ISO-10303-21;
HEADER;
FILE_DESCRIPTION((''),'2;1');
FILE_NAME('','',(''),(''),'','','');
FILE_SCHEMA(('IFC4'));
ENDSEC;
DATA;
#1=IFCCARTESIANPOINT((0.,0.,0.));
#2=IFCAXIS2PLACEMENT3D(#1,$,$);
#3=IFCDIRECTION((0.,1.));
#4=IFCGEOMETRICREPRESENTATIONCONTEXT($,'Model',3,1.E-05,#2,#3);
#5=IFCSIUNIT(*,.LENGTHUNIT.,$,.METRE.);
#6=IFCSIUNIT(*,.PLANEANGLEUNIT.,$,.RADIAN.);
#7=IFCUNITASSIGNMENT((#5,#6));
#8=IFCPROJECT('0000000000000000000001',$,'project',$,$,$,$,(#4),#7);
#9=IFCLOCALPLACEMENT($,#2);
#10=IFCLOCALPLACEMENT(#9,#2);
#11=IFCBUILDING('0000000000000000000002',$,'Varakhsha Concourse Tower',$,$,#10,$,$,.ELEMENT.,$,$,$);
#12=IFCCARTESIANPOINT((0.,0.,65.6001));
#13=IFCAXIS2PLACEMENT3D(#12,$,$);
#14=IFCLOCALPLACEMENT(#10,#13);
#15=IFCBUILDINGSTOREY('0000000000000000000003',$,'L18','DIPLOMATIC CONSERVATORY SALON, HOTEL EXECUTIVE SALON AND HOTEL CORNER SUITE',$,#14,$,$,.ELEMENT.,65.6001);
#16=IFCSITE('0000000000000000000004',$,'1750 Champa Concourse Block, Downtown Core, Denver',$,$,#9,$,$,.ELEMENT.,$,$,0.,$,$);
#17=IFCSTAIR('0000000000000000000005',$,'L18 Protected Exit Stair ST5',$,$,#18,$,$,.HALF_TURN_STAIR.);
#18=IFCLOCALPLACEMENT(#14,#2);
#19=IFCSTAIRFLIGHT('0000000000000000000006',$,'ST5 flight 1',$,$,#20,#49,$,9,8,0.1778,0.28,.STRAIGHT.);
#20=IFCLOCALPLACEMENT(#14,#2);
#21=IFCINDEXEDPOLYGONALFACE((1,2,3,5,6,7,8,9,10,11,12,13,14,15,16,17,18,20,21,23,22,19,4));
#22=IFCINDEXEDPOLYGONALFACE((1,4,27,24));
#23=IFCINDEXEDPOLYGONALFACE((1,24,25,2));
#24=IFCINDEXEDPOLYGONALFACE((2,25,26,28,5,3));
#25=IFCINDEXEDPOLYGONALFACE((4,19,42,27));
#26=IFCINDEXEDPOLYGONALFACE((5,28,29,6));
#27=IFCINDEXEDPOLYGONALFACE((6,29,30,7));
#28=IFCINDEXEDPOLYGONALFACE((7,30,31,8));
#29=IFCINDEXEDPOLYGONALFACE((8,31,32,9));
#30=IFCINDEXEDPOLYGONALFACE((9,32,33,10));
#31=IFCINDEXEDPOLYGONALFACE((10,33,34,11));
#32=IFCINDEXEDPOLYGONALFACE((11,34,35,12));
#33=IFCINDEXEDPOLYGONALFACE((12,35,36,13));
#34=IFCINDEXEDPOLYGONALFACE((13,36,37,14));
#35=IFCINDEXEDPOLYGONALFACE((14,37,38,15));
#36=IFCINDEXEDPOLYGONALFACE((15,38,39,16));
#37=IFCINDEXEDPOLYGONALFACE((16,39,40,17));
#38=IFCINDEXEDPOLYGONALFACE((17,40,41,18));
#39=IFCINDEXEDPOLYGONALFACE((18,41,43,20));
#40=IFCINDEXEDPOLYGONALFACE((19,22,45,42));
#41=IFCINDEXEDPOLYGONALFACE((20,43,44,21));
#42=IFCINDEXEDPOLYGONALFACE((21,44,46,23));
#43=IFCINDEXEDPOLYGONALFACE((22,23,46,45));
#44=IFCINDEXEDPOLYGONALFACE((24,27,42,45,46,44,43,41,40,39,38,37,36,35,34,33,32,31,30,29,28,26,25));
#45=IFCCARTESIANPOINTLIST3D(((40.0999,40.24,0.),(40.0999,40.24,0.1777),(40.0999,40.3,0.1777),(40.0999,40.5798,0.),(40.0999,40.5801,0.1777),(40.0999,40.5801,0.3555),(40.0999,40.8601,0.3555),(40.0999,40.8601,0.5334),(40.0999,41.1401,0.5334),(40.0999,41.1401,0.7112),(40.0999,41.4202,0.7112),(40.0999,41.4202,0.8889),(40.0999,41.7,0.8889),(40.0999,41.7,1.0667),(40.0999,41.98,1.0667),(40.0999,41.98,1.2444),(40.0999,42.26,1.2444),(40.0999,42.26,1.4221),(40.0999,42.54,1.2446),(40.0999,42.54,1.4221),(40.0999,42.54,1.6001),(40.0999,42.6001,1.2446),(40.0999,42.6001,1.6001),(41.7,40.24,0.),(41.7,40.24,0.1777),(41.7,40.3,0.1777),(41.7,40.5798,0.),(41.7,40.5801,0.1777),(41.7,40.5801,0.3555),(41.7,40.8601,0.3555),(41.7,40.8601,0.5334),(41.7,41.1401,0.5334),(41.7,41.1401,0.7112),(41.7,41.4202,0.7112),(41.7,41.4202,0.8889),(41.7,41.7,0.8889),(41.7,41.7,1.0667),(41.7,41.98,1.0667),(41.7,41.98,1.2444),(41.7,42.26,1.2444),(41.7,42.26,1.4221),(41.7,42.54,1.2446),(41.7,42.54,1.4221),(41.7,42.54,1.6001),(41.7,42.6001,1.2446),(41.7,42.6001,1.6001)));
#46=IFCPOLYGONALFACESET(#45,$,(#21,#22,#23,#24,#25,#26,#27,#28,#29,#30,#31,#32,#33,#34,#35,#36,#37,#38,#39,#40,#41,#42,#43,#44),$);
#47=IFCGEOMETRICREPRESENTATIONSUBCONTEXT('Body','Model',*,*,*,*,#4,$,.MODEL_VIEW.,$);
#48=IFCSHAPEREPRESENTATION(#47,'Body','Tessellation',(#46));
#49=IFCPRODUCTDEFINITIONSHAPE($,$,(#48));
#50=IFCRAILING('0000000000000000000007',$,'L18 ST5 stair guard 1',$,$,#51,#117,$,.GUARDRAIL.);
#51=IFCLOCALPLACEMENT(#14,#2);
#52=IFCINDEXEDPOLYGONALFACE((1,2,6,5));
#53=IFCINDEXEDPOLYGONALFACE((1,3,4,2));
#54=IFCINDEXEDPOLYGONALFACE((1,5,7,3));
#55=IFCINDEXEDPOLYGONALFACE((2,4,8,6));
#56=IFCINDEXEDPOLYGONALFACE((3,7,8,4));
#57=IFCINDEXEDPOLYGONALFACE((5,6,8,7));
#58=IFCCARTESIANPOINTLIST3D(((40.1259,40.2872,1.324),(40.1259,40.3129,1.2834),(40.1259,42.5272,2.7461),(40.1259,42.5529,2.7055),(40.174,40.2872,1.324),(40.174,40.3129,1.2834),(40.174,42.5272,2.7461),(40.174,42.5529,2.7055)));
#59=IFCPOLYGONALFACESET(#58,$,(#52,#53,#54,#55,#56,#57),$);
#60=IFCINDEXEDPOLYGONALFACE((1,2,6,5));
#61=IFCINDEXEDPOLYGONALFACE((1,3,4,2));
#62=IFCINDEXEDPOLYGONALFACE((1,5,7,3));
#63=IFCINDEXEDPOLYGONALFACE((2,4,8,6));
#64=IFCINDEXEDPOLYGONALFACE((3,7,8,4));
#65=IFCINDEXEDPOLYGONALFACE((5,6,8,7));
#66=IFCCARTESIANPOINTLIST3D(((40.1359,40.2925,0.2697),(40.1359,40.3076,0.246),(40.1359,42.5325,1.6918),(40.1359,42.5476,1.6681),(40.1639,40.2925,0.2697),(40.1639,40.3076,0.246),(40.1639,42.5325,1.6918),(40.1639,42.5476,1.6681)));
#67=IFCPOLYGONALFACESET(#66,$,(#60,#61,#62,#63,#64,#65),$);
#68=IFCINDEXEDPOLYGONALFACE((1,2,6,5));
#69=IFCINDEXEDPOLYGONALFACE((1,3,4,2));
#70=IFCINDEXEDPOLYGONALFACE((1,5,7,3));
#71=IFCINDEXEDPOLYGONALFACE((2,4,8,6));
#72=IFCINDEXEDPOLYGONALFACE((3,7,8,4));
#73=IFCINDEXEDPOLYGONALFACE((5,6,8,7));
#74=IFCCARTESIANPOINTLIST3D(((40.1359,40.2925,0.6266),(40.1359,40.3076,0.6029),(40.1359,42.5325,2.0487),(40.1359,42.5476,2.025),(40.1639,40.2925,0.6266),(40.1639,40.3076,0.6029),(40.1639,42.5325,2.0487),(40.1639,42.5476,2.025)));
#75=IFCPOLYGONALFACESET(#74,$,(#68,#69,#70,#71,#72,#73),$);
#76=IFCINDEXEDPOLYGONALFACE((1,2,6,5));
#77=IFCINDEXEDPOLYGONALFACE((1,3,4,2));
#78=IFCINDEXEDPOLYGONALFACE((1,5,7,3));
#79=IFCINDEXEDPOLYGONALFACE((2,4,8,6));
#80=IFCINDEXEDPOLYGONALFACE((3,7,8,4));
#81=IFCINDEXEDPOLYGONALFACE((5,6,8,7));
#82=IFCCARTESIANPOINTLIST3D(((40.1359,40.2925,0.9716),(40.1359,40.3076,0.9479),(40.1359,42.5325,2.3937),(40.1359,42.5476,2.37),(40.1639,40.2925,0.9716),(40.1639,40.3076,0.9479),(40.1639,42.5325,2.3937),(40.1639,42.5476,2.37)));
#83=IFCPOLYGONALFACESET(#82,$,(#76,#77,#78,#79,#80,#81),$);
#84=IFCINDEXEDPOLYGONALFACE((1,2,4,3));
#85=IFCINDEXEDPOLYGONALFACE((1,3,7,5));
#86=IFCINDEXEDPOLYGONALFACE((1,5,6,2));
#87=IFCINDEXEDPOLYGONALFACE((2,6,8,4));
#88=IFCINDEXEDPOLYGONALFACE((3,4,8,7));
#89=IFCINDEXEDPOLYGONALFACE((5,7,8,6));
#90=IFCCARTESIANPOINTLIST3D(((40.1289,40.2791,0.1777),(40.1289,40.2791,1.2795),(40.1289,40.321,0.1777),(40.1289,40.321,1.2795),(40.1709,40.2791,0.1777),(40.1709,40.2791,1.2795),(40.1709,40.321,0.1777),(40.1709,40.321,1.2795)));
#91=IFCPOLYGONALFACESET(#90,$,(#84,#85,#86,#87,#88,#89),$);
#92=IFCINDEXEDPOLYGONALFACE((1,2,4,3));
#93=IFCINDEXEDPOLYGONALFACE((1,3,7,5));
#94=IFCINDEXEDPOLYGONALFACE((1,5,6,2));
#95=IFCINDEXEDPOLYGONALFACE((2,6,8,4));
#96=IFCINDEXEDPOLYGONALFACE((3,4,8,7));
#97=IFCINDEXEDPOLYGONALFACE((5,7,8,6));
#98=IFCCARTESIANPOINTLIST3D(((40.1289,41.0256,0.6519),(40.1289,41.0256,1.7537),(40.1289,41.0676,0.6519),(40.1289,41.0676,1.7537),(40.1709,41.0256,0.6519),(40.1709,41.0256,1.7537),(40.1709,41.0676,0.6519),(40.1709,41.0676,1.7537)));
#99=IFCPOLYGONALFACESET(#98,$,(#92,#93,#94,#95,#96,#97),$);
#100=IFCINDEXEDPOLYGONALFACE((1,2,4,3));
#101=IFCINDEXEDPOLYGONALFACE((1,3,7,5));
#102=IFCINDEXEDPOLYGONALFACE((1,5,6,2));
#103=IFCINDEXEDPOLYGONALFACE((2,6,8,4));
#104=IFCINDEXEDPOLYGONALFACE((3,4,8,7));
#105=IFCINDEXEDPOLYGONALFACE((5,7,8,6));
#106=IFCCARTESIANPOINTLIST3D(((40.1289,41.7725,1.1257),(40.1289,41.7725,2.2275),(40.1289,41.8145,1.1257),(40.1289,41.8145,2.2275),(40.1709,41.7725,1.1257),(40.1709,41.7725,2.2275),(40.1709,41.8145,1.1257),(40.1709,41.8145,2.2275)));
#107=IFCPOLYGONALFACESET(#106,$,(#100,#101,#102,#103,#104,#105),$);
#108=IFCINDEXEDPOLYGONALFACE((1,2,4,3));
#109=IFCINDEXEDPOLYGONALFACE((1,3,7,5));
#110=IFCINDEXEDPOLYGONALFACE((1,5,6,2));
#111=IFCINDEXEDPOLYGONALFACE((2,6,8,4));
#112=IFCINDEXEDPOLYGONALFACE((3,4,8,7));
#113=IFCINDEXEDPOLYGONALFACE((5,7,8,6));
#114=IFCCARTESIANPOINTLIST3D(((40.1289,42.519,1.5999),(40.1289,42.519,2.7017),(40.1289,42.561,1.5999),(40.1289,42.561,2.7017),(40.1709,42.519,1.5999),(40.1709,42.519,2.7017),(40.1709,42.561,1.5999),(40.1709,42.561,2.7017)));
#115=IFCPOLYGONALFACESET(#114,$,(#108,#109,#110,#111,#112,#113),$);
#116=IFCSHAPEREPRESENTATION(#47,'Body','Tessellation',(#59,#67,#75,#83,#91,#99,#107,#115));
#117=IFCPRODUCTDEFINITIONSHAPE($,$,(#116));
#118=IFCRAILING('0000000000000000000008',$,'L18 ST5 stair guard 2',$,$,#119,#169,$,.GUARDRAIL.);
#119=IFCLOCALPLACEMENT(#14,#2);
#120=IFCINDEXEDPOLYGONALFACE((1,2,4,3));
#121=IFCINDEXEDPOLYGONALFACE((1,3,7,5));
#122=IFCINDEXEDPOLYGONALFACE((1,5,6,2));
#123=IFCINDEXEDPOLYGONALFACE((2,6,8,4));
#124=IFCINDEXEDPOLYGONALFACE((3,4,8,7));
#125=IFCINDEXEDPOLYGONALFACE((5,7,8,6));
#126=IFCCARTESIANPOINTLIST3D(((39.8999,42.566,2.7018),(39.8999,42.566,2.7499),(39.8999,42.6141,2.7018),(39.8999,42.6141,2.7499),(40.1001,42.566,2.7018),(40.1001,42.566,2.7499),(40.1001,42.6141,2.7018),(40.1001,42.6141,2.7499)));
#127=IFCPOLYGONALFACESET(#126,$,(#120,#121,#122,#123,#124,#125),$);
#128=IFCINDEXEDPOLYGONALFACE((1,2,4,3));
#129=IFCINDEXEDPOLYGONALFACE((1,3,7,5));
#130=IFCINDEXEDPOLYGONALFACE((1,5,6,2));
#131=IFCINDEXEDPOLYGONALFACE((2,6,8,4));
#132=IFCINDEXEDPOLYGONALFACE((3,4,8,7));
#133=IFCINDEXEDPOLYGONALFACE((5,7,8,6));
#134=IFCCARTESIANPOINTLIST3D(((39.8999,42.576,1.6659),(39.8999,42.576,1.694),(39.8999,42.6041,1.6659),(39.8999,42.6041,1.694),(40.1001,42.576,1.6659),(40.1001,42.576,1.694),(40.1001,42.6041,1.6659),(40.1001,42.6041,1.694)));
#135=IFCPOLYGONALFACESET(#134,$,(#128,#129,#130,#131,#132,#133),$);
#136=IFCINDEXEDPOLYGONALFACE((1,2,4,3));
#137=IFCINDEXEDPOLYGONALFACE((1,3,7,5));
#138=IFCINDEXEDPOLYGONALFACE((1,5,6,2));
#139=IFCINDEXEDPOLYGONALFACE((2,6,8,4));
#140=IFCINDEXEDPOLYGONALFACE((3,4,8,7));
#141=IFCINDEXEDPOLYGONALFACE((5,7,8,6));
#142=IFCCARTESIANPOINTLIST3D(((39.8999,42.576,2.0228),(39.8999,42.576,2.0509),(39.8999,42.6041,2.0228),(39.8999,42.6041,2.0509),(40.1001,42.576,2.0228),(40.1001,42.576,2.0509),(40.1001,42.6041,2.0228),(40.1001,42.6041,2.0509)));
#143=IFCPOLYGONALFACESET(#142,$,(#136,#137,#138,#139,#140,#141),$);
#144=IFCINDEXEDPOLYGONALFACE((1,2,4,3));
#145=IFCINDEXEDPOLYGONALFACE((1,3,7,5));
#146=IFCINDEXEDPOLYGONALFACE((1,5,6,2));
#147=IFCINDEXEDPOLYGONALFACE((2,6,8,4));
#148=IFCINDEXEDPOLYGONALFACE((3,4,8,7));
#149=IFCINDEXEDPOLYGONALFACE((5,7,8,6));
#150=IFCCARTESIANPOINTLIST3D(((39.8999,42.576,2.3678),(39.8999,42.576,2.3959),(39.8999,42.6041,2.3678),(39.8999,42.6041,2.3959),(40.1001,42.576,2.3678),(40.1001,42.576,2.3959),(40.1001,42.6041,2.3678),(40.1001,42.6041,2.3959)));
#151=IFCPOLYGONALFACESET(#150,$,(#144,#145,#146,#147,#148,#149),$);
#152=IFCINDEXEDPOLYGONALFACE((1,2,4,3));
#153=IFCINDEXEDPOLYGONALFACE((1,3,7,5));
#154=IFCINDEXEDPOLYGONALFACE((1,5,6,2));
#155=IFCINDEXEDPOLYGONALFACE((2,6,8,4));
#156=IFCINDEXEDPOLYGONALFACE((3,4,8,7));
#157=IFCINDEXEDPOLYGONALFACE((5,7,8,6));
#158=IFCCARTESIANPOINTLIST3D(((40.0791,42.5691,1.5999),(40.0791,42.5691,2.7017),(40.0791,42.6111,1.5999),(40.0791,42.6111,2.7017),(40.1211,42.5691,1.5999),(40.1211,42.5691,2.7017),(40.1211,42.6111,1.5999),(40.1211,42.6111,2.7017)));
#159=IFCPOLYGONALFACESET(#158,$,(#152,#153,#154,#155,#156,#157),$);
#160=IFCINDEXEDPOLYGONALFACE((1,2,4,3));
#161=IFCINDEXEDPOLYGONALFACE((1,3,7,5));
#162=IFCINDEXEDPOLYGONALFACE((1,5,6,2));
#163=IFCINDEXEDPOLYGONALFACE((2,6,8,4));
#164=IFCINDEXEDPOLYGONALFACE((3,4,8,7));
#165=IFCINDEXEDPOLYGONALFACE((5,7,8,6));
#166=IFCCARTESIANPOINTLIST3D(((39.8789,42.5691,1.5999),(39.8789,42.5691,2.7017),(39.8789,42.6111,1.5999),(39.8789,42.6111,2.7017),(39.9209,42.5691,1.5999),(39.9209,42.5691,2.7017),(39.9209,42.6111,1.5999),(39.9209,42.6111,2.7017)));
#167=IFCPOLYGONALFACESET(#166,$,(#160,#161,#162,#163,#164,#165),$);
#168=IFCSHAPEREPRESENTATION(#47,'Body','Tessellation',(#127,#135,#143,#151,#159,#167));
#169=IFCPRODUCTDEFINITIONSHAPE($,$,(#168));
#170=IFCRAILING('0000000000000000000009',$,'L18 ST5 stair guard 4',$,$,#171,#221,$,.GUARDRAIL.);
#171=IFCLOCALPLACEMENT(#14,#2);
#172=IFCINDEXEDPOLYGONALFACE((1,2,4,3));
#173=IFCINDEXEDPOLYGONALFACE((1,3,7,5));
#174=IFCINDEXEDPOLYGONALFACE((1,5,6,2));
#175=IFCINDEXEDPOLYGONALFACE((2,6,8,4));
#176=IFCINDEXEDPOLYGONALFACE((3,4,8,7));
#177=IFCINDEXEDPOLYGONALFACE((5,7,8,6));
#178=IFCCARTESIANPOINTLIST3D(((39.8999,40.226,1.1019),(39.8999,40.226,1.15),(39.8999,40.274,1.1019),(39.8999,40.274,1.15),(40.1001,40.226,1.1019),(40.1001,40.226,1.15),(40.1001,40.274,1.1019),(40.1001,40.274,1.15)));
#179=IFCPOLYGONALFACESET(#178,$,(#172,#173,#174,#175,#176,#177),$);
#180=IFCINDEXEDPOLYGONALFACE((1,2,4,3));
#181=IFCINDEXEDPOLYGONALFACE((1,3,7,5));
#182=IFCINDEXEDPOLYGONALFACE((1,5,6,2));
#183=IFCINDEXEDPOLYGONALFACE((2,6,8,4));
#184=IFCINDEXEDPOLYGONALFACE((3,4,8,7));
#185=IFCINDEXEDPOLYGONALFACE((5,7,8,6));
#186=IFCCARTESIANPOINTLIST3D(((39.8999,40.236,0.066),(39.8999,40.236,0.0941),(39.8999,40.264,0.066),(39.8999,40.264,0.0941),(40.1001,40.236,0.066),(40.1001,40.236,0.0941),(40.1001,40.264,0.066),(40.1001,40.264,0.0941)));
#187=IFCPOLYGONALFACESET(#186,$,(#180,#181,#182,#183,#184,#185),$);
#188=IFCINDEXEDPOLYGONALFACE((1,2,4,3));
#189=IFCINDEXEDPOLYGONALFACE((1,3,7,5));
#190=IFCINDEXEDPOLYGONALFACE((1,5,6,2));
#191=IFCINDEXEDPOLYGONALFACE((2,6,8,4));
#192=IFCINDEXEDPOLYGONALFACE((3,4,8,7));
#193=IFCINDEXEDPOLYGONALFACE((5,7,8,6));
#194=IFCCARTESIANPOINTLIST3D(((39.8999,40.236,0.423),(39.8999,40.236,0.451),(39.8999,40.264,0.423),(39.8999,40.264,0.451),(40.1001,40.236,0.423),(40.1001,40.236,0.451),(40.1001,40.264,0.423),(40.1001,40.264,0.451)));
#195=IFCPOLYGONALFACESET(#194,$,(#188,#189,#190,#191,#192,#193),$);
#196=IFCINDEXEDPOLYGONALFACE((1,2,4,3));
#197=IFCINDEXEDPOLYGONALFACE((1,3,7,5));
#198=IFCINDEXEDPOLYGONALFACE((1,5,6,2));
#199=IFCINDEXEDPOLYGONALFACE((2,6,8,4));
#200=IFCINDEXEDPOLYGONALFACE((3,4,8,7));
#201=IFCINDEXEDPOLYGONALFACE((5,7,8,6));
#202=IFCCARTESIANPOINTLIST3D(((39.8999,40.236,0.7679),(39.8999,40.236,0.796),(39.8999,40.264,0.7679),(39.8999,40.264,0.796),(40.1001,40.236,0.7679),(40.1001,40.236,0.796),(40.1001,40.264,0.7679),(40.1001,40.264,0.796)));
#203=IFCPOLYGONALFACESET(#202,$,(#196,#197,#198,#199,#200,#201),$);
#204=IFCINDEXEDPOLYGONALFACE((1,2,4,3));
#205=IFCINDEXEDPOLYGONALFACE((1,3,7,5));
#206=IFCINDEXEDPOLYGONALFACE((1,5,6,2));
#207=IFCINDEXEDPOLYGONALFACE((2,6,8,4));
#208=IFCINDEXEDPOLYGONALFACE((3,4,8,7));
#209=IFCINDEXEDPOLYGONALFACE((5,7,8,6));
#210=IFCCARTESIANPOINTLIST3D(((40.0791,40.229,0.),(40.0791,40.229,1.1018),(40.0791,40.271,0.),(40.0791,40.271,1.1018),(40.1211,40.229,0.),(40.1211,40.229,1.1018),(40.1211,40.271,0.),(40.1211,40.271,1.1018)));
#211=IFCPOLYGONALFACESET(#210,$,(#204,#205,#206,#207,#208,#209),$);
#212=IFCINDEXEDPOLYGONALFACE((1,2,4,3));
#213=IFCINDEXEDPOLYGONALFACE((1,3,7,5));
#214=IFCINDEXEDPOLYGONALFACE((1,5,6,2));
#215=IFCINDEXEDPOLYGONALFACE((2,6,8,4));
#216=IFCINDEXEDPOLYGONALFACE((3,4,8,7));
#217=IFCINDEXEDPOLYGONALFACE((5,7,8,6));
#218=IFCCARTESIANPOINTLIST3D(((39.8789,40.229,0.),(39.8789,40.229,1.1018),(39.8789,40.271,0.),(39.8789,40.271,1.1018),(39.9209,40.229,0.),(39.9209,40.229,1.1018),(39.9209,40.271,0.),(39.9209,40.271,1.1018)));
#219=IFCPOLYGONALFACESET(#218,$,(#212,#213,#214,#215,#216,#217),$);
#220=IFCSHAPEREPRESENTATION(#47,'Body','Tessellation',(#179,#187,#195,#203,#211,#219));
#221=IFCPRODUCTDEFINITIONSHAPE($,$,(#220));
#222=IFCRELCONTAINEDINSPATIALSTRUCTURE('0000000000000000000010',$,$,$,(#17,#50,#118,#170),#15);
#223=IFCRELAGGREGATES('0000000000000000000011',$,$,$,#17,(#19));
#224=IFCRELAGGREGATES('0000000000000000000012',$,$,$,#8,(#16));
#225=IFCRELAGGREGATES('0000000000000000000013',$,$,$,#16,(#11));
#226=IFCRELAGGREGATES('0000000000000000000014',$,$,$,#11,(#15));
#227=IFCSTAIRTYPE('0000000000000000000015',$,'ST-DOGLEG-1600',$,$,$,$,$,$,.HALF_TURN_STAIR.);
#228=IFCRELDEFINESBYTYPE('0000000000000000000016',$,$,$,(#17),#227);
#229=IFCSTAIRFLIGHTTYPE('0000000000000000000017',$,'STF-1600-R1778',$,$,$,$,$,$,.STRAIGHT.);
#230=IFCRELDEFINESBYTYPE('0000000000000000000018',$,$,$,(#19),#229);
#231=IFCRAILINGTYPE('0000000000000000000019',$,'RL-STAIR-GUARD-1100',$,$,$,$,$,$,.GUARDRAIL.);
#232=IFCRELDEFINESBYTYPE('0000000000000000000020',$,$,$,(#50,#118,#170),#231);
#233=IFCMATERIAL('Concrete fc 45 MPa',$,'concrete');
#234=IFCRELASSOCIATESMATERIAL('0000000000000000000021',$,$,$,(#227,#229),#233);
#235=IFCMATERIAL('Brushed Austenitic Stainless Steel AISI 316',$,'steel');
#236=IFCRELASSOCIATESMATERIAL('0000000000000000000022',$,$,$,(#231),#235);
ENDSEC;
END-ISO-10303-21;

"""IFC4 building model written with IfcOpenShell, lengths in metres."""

from ifc_helpers import new_model, si_unit, direction, frame, origin, origin_2d, place, context, subcontext, project, spatial, polyline, rectangle, outline, extrude, material, type_object, element, aggregate, save


model = new_model("IFC4")

# Units and contexts
model_context = context("Model", 3, precision=1e-05, world=origin(), true_north=direction((0.0, 1.0)))
body_context = subcontext(model_context, "Body", "Model", "MODEL_VIEW")
ifc_project = project(units=[si_unit("LENGTHUNIT", "METRE"), si_unit("PLANEANGLEUNIT", "RADIAN")], contexts=[model_context])

# Site, building, storey
site_placement = place(None, origin())
site = spatial("IfcSite", under=ifc_project, at=site_placement, Name="1750 Champa Concourse Block, Downtown Core, Denver", CompositionType="ELEMENT", RefElevation=0.0)
building_placement = place(site_placement, origin())
building = spatial("IfcBuilding", under=site, at=building_placement, Name="Varakhsha Concourse Tower", CompositionType="ELEMENT")
storey_placement = place(building_placement, frame((0.0, 0.0, 65.6001)))
storey = spatial("IfcBuildingStorey", under=building, at=storey_placement, Name="L18", Description="DIPLOMATIC CONSERVATORY SALON, HOTEL EXECUTIVE SALON AND HOTEL CORNER SUITE", CompositionType="ELEMENT", Elevation=65.6001)

# Shared definitions
ifc_material_1 = material(Name="Concrete fc 45 MPa", Category="concrete")

# Stair, stair flight
stair_type = type_object("IfcStairType", Name="ST-DOGLEG-1600", PredefinedType="HALF_TURN_STAIR", material=ifc_material_1)
stair_placement = place(storey_placement, origin())
stair = element("IfcStair", 1, at=stair_placement, inside=storey, type_object=stair_type, Name="L18 Protected Exit Stair ST5", PredefinedType="HALF_TURN_STAIR")
stair_flight_type = type_object("IfcStairFlightType", Name="STF-1600-R1778", PredefinedType="STRAIGHT", material=ifc_material_1)
stair_flight_placement = place(storey_placement, frame((40.8999, 40.3, 0.0), z_axis=(0.0, 0.0, 1.0), x_axis=(0.0, 1.0, 0.0)))
stair_flight = element("IfcStairFlight", 2, at=stair_flight_placement, type_object=stair_flight_type, Name="ST5 flight 1", NumberOfRisers=9, NumberOfTreads=8, PredefinedType="STRAIGHT", RiserHeight=0.1778, TreadLength=0.28, context=body_context, shape_type="SweptSolid", body=[
    extrude(outline(polyline([(-0.0601, 0.0), (-0.0601, 0.1777), (0.0, 0.1777), (0.28, 0.1777), (0.28, 0.3555), (0.5601, 0.3555), (0.5601, 0.5334), (0.8401, 0.5334), (0.8401, 0.7112), (1.1201, 0.7112), (1.1201, 0.8889), (1.3999, 0.8889), (1.3999, 1.0667), (1.6799, 1.0667), (1.6799, 1.2444), (1.96, 1.2444), (1.96, 1.4221), (2.24, 1.4221), (2.24, 1.6001), (2.3, 1.6001), (2.3, 1.2446), (2.24, 1.2446), (0.2798, 0.0), (-0.0601, 0.0)])), frame((0.0, 0.8, 0.0), z_axis=(0.0, -1.0, 0.0), x_axis=(1.0, 0.0, 0.0)), (0.0, 0.0, 1.0), 1.6001),
])
aggregate(stair, [stair_flight])

# Railings
ifc_material_2 = material(Name="Brushed Austenitic Stainless Steel AISI 316", Category="steel")
railing_type_1 = type_object("IfcRailingType", Name="RL-STAIR-GUARD-1100", PredefinedType="GUARDRAIL", material=ifc_material_2)
railing_1_placement = place(storey_placement, frame((40.1499, 40.3, 0.1777)))
element("IfcRailing", 3, at=railing_1_placement, inside=storey, type_object=railing_type_1, Name="L18 ST5 stair guard 1", PredefinedType="GUARDRAIL", context=body_context, shape_type="SweptSolid", body=[
    extrude(rectangle(XDim=0.0481, YDim=0.0481, at=origin_2d()), frame((0.0, 0.0, 1.126), z_axis=(0.0, 0.844229, 0.535982), x_axis=(-1.0, 0.0, 0.0)), (0.0, 0.0, 1.0), 2.6533),
    extrude(rectangle(XDim=0.0281, YDim=0.0281, at=origin_2d()), frame((0.0, 0.0, 0.0801), z_axis=(0.0, 0.844229, 0.535982), x_axis=(-1.0, 0.0, 0.0)), (0.0, 0.0, 1.0), 2.6533),
    extrude(rectangle(XDim=0.0281, YDim=0.0281, at=origin_2d()), frame((0.0, 0.0, 0.437), z_axis=(0.0, 0.844229, 0.535982), x_axis=(-1.0, 0.0, 0.0)), (0.0, 0.0, 1.0), 2.6533),
    extrude(rectangle(XDim=0.0281, YDim=0.0281, at=origin_2d()), frame((0.0, 0.0, 0.782), z_axis=(0.0, 0.844229, 0.535982), x_axis=(-1.0, 0.0, 0.0)), (0.0, 0.0, 1.0), 2.6533),
    extrude(rectangle(XDim=0.042, YDim=0.042, at=origin_2d()), origin(), (0.0, 0.0, 1.0), 1.1018),
    extrude(rectangle(XDim=0.042, YDim=0.042, at=origin_2d()), frame((0.0, 0.7466, 0.4741)), (0.0, 0.0, 1.0), 1.1018),
    extrude(rectangle(XDim=0.042, YDim=0.042, at=origin_2d()), frame((0.0, 1.4934, 0.948)), (0.0, 0.0, 1.0), 1.1018),
    extrude(rectangle(XDim=0.042, YDim=0.042, at=origin_2d()), frame((0.0, 2.24, 1.4221)), (0.0, 0.0, 1.0), 1.1018),
])
for number, where, name in (
    (4, (40.1001, 42.5901, 1.5999), "L18 ST5 stair guard 2"),
    (5, (40.1001, 40.25, 0.0), "L18 ST5 stair guard 4"),
):
    element("IfcRailing", number, at=place(storey_placement, frame(where)), inside=storey, type_object=railing_type_1, Name=name, PredefinedType="GUARDRAIL", context=body_context, shape_type="SweptSolid", body=[
        extrude(rectangle(XDim=0.0481, YDim=0.0481, at=origin_2d()), frame((0.0, 0.0, 1.126), z_axis=(-1.0, 0.0, 0.0), x_axis=(0.0, -1.0, 0.0)), (0.0, 0.0, 1.0), 0.2002),
        extrude(rectangle(XDim=0.0281, YDim=0.0281, at=origin_2d()), frame((0.0, 0.0, 0.0801), z_axis=(-1.0, 0.0, 0.0), x_axis=(0.0, -1.0, 0.0)), (0.0, 0.0, 1.0), 0.2002),
        extrude(rectangle(XDim=0.0281, YDim=0.0281, at=origin_2d()), frame((0.0, 0.0, 0.437), z_axis=(-1.0, 0.0, 0.0), x_axis=(0.0, -1.0, 0.0)), (0.0, 0.0, 1.0), 0.2002),
        extrude(rectangle(XDim=0.0281, YDim=0.0281, at=origin_2d()), frame((0.0, 0.0, 0.782), z_axis=(-1.0, 0.0, 0.0), x_axis=(0.0, -1.0, 0.0)), (0.0, 0.0, 1.0), 0.2002),
        extrude(rectangle(XDim=0.042, YDim=0.042, at=origin_2d()), origin(), (0.0, 0.0, 1.0), 1.1018),
        extrude(rectangle(XDim=0.042, YDim=0.042, at=origin_2d()), frame((-0.2002, 0.0, 0.0)), (0.0, 0.0, 1.0), 1.1018),
    ])

save(model, "model.ifc")
